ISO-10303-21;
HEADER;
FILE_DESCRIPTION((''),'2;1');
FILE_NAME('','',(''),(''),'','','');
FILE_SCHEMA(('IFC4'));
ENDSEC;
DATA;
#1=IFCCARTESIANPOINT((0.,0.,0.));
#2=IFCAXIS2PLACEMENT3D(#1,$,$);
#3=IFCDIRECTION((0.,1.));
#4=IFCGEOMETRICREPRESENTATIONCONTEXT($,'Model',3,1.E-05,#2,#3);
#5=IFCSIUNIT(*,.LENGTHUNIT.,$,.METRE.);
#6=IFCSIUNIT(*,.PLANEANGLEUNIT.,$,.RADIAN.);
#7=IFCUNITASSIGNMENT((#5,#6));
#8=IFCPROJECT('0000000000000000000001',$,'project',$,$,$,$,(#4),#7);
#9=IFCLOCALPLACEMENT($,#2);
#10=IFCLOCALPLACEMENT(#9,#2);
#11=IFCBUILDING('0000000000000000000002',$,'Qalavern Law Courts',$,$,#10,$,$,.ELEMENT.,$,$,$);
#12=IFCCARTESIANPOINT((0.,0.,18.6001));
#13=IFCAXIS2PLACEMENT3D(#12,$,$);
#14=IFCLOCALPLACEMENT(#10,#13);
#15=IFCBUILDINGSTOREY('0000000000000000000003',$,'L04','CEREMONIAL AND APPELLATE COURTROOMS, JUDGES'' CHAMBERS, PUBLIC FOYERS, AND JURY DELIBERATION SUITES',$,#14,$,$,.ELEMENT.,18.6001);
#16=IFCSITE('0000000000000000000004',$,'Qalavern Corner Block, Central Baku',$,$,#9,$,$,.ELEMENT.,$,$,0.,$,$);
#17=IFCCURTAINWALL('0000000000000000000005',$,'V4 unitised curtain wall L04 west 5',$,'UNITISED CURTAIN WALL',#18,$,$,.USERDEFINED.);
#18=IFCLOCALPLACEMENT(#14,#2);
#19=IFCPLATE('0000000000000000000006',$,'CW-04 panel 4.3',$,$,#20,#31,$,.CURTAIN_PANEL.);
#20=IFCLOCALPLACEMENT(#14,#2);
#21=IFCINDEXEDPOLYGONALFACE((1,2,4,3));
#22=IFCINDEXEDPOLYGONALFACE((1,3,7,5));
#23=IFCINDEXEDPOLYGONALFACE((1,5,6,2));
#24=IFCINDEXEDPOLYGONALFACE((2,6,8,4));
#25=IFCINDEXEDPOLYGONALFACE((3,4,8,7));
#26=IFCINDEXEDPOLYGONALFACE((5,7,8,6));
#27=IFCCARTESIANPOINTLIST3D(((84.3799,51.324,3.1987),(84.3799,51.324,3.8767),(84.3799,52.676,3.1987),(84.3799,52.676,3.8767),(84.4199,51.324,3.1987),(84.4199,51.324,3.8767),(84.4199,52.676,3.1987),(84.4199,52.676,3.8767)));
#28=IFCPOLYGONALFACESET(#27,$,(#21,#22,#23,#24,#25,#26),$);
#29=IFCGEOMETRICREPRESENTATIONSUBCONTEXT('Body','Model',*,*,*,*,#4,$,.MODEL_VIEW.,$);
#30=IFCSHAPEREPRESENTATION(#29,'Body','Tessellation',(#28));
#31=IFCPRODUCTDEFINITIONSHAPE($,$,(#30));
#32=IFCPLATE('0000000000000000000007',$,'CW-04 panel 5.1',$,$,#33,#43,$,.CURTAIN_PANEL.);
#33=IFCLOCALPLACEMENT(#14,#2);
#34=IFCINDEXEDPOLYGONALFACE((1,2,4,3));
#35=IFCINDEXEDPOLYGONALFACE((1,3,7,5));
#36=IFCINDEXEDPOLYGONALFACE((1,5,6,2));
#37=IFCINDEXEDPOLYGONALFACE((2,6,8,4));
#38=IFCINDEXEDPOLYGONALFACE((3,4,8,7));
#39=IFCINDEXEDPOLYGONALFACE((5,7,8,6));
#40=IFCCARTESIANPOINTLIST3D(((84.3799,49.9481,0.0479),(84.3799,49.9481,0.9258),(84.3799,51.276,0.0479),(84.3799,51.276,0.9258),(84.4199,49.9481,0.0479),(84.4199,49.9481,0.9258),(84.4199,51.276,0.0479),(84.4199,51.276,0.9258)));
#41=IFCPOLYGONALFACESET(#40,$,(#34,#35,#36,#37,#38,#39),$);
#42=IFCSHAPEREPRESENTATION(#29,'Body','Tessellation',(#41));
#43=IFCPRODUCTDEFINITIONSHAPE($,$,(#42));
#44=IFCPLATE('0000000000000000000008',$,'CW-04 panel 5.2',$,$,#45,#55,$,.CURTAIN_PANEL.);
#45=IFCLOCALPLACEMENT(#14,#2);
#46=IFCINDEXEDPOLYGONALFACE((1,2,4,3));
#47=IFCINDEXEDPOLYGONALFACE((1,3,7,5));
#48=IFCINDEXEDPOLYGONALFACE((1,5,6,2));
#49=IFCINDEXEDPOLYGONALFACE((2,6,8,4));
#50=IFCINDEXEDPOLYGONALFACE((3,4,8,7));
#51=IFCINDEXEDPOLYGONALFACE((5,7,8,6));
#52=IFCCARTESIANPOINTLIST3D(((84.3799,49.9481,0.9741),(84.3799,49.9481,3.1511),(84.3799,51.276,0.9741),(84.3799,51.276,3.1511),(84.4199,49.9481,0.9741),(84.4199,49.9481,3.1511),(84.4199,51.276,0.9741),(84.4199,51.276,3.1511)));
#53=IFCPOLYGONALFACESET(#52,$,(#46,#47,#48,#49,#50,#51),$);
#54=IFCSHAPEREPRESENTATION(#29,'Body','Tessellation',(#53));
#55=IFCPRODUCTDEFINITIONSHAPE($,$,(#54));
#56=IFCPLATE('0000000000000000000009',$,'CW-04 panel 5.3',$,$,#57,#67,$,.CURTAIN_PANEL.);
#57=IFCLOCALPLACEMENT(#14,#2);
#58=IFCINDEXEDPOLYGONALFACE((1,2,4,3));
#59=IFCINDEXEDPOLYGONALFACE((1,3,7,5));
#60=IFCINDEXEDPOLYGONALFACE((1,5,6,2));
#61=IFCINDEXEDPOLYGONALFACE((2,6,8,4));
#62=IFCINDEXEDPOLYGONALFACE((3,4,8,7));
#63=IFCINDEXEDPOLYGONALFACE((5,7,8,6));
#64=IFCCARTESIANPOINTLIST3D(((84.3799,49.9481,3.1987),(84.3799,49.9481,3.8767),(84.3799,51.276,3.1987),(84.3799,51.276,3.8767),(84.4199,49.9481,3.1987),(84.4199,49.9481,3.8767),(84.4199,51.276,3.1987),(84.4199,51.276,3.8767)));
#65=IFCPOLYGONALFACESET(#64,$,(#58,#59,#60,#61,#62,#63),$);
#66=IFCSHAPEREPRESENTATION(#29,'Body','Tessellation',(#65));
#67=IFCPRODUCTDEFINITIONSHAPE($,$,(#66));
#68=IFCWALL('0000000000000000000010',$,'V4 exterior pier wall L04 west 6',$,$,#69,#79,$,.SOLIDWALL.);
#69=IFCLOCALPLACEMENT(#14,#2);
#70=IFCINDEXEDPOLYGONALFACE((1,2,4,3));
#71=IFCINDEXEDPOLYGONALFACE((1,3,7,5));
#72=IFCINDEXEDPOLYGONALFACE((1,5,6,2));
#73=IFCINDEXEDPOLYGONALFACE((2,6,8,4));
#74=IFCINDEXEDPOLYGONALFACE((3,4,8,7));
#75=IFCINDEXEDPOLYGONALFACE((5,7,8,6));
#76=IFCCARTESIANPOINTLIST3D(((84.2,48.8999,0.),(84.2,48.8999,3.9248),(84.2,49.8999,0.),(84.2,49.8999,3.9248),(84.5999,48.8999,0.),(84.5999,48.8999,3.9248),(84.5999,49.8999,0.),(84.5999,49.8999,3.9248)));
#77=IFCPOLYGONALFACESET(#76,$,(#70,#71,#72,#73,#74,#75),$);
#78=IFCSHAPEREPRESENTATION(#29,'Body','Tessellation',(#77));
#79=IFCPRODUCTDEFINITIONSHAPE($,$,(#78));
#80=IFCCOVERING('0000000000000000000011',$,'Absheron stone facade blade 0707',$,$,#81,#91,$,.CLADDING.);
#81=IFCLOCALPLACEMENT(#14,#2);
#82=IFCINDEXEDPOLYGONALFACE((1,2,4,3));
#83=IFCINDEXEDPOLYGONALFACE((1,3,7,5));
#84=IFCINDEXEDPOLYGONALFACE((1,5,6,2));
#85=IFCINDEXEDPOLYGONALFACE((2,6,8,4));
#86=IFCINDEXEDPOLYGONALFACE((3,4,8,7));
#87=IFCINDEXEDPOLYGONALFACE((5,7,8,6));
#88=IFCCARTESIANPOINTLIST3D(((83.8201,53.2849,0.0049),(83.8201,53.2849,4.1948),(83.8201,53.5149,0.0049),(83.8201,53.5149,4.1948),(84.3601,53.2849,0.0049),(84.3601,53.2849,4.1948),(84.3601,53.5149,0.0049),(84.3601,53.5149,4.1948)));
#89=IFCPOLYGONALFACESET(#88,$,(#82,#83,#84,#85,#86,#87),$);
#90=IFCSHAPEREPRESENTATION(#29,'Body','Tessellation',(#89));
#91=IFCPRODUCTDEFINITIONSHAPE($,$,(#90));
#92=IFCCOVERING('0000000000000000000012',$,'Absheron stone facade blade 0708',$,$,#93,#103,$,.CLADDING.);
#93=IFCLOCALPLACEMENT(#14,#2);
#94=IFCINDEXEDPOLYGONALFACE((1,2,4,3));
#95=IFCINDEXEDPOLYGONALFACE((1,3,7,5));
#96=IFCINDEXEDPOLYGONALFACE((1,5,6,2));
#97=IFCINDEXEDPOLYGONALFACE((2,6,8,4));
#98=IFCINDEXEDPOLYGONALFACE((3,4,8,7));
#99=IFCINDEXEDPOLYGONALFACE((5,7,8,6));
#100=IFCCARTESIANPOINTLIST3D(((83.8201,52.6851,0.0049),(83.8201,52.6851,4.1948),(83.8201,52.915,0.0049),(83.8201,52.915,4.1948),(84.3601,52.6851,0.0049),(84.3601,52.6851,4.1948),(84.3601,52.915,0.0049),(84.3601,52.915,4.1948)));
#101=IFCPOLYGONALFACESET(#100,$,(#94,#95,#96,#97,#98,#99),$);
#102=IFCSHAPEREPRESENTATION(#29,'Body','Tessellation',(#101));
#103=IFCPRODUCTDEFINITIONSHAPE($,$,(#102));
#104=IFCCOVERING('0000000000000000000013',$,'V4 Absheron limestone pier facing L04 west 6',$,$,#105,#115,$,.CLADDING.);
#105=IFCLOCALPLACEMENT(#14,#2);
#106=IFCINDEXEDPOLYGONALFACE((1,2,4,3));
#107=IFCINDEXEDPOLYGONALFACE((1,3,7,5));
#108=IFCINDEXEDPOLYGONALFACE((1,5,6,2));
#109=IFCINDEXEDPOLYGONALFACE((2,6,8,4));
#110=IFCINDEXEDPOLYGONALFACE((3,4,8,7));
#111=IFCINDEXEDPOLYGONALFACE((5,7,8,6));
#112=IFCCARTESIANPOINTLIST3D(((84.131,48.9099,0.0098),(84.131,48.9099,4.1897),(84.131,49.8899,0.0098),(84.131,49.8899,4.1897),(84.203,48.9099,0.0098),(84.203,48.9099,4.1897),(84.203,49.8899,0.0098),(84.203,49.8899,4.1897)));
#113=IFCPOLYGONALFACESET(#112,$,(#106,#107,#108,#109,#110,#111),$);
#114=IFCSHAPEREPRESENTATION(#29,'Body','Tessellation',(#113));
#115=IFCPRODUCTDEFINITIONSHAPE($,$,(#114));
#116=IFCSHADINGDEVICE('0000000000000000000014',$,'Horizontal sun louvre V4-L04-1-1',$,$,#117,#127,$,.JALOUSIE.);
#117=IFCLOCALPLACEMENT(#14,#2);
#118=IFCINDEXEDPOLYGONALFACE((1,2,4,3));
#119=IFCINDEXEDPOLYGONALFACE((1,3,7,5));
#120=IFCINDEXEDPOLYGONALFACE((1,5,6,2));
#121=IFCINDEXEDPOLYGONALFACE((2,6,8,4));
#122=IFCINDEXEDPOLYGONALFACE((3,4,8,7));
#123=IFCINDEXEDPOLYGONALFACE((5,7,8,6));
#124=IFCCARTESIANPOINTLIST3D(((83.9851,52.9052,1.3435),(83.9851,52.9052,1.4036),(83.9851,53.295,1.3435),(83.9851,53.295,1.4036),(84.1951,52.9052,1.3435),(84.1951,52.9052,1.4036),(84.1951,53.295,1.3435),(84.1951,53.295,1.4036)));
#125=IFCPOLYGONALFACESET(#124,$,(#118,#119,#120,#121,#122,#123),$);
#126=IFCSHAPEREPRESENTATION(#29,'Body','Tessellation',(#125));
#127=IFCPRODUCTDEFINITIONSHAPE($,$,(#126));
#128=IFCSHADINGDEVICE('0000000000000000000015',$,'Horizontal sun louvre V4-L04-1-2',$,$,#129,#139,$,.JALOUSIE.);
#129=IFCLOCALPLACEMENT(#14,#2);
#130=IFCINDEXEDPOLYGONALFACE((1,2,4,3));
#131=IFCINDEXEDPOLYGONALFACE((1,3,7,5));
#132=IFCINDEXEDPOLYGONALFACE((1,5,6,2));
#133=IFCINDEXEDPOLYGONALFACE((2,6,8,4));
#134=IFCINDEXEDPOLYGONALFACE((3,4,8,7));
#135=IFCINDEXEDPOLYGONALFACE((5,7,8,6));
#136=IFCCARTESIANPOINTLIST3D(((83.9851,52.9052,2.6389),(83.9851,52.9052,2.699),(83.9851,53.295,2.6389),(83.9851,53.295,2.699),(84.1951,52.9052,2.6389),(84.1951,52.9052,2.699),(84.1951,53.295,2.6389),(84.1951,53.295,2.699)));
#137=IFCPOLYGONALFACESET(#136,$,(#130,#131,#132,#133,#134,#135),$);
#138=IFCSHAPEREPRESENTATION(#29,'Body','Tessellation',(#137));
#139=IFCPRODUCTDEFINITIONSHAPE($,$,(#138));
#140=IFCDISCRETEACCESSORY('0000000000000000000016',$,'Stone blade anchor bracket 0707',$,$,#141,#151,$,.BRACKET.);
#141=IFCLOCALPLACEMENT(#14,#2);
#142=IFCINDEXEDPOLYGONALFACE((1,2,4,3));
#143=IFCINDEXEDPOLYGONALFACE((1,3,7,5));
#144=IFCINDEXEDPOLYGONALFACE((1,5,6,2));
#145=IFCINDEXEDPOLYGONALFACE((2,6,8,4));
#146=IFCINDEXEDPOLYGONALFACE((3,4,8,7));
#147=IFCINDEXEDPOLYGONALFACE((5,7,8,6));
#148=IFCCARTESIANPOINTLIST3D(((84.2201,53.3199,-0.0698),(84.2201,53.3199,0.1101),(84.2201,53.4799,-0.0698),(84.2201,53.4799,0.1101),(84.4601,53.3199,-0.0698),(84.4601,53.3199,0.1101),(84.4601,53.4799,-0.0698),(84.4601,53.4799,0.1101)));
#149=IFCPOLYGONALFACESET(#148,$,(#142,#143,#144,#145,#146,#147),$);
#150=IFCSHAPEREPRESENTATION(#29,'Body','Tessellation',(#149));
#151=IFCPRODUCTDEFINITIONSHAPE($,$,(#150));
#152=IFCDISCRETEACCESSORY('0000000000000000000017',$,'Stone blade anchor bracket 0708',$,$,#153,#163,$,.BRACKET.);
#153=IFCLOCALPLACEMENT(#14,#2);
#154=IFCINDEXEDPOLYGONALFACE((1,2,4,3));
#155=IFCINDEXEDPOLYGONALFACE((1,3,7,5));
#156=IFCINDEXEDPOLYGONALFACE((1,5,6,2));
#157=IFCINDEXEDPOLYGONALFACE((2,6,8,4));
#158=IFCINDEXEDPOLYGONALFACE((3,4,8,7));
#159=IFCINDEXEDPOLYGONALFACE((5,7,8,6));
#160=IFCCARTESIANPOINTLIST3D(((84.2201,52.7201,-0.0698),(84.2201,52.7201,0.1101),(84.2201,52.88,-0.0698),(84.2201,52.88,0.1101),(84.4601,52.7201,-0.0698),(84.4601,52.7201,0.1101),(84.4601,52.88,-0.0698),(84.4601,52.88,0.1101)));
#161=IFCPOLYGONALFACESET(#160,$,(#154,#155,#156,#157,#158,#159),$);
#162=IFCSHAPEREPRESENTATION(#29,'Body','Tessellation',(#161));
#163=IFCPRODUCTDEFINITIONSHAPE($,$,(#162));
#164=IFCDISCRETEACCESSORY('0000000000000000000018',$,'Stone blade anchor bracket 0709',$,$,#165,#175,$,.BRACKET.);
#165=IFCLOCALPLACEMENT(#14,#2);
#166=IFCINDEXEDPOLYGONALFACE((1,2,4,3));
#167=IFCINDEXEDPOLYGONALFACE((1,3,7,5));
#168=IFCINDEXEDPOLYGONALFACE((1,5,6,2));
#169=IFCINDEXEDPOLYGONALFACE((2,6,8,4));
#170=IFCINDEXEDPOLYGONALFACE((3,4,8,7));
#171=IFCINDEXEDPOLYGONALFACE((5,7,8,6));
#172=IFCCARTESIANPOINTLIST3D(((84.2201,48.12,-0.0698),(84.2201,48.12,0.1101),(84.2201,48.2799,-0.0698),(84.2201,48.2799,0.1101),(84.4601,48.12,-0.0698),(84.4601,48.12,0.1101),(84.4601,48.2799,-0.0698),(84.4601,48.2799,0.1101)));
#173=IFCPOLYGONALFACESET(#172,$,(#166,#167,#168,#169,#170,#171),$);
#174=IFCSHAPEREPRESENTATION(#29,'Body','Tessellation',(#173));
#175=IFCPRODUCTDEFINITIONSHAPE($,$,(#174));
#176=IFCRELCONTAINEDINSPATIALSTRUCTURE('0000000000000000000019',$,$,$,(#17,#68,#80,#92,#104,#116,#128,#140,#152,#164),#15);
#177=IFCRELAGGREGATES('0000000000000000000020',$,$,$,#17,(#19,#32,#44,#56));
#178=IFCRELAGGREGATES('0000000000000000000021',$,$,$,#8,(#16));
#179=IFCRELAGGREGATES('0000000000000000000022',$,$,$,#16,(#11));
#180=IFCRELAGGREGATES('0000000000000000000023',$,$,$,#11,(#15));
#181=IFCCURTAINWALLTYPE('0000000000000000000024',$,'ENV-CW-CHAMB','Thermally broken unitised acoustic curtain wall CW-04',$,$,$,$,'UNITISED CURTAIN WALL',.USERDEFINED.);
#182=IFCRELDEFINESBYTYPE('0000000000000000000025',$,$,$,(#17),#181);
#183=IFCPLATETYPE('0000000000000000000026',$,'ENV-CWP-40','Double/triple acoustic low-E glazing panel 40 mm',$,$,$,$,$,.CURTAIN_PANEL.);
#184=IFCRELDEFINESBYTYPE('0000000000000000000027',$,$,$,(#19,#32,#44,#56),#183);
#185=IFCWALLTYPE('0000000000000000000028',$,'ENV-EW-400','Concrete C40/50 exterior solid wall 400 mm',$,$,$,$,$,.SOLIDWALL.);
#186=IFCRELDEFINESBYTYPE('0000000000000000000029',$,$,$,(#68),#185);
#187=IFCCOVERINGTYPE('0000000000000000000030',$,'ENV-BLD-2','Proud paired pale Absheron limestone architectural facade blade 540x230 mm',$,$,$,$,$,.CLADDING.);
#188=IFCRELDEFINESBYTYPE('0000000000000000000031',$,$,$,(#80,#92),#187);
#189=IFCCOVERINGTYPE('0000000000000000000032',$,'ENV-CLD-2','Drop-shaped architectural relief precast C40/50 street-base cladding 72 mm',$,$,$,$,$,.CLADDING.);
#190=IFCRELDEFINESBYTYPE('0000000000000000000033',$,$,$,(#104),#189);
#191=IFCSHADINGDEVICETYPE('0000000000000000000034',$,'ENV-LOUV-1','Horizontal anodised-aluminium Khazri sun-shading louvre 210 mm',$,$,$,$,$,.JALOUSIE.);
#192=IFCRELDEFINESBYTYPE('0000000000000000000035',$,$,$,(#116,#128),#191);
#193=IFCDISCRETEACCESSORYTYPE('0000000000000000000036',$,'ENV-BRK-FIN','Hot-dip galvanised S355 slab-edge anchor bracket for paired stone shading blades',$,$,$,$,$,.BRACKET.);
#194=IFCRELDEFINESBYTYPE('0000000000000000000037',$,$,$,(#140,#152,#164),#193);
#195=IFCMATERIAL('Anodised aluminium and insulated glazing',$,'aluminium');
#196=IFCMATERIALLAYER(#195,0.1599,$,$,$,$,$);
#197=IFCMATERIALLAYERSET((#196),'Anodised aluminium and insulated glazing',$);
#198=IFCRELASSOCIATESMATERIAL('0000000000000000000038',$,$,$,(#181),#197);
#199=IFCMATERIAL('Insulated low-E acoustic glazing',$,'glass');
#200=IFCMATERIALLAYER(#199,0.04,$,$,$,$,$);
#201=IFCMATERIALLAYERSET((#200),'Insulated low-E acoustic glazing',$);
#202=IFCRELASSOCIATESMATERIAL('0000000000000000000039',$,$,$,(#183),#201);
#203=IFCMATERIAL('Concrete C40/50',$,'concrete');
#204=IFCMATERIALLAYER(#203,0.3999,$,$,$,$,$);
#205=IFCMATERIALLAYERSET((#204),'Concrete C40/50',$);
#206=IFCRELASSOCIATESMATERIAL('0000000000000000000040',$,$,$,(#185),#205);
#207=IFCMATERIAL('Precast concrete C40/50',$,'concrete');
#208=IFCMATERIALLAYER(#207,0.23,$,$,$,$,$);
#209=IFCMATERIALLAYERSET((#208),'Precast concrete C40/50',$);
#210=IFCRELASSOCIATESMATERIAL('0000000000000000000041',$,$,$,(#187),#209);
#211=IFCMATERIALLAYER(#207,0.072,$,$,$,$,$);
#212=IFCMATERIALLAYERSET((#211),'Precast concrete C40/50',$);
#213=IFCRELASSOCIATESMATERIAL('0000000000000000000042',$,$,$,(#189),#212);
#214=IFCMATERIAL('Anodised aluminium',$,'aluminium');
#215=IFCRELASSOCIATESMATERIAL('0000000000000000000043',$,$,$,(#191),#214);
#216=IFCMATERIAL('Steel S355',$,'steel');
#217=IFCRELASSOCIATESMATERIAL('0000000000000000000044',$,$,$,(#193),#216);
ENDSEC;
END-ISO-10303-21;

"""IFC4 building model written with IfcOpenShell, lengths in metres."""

from ifc_helpers import new_model, si_unit, direction, frame, frame_2d, origin, origin_2d, place, context, subcontext, project, spatial, rectangle, extrude, material, layer, layer_set, type_object, element, aggregate, save


model = new_model("IFC4")

# Units and contexts
model_context = context("Model", 3, precision=1e-05, world=origin(), true_north=direction((0.0, 1.0)))
body_context = subcontext(model_context, "Body", "Model", "MODEL_VIEW")
ifc_project = project(units=[si_unit("LENGTHUNIT", "METRE"), si_unit("PLANEANGLEUNIT", "RADIAN")], contexts=[model_context])

# Site, building, storey
site_placement = place(None, origin())
site = spatial("IfcSite", under=ifc_project, at=site_placement, Name="Qalavern Corner Block, Central Baku", CompositionType="ELEMENT", RefElevation=0.0)
building_placement = place(site_placement, origin())
building = spatial("IfcBuilding", under=site, at=building_placement, Name="Qalavern Law Courts", CompositionType="ELEMENT")
storey_placement = place(building_placement, frame((0.0, 0.0, 18.6001)))
storey = spatial("IfcBuildingStorey", under=building, at=storey_placement, Name="L04", Description="CEREMONIAL AND APPELLATE COURTROOMS, JUDGES' CHAMBERS, PUBLIC FOYERS, AND JURY DELIBERATION SUITES", CompositionType="ELEMENT", Elevation=18.6001)

# Curtain wall
ifc_material_1 = material(Name="Anodised aluminium and insulated glazing", Category="aluminium")
ifc_layer_1 = layer(ifc_material_1, 0.1599)
ifc_layer_set_1 = layer_set([ifc_layer_1], Name="Anodised aluminium and insulated glazing")
curtain_wall_type = type_object("IfcCurtainWallType", Name="ENV-CW-CHAMB", Description="Thermally broken unitised acoustic curtain wall CW-04", ElementType="UNITISED CURTAIN WALL", PredefinedType="USERDEFINED", material=ifc_layer_set_1)
curtain_wall_1_placement = place(storey_placement, origin())
curtain_wall_1 = element("IfcCurtainWall", 1, at=curtain_wall_1_placement, inside=storey, type_object=curtain_wall_type, Name="V4 unitised curtain wall L04 west 5", ObjectType="UNITISED CURTAIN WALL", PredefinedType="USERDEFINED")
ifc_material_2 = material(Name="Anodised aluminium", Category="aluminium")

# Plates
ifc_material_3 = material(Name="Insulated low-E acoustic glazing", Category="glass")
ifc_layer_2 = layer(ifc_material_3, 0.04)
ifc_layer_set_2 = layer_set([ifc_layer_2], Name="Insulated low-E acoustic glazing")
plate_type = type_object("IfcPlateType", Name="ENV-CWP-40", Description="Double/triple acoustic low-E glazing panel 40 mm", PredefinedType="CURTAIN_PANEL", material=ifc_layer_set_2)
plate_1_placement = place(storey_placement, frame((84.3999, 52.0, 3.1987), z_axis=(0.0, 0.0, 1.0), x_axis=(0.0, -1.0, 0.0)))
plate_1 = element("IfcPlate", 2, at=plate_1_placement, type_object=plate_type, Name="CW-04 panel 4.3", PredefinedType="CURTAIN_PANEL", context=body_context, shape_type="SweptSolid", body=[
    extrude(rectangle(XDim=1.3521, YDim=0.04, at=origin_2d()), origin(), (0.0, 0.0, 1.0), 0.678),
])
plate_2_placement = place(storey_placement, frame((84.3999, 50.6121, 0.0479), z_axis=(0.0, 0.0, 1.0), x_axis=(0.0, -1.0, 0.0)))
plate_2 = element("IfcPlate", 3, at=plate_2_placement, type_object=plate_type, Name="CW-04 panel 5.1", PredefinedType="CURTAIN_PANEL", context=body_context, shape_type="SweptSolid", body=[
    extrude(rectangle(XDim=1.3279, YDim=0.04, at=origin_2d()), origin(), (0.0, 0.0, 1.0), 0.8779),
])
plate_3_placement = place(storey_placement, frame((84.3999, 50.6121, 0.9741), z_axis=(0.0, 0.0, 1.0), x_axis=(0.0, -1.0, 0.0)))
plate_3 = element("IfcPlate", 4, at=plate_3_placement, type_object=plate_type, Name="CW-04 panel 5.2", PredefinedType="CURTAIN_PANEL", context=body_context, shape_type="SweptSolid", body=[
    extrude(rectangle(XDim=1.3279, YDim=0.04, at=origin_2d()), origin(), (0.0, 0.0, 1.0), 2.177),
])
plate_4_placement = place(storey_placement, frame((84.3999, 50.6121, 3.1987), z_axis=(0.0, 0.0, 1.0), x_axis=(0.0, -1.0, 0.0)))
plate_4 = element("IfcPlate", 5, at=plate_4_placement, type_object=plate_type, Name="CW-04 panel 5.3", PredefinedType="CURTAIN_PANEL", context=body_context, shape_type="SweptSolid", body=[
    extrude(rectangle(XDim=1.3279, YDim=0.04, at=origin_2d()), origin(), (0.0, 0.0, 1.0), 0.678),
])
aggregate(curtain_wall_1, [plate_1, plate_2, plate_3, plate_4])

# Wall
ifc_material_4 = material(Name="Concrete C40/50", Category="concrete")
ifc_layer_3 = layer(ifc_material_4, 0.3999)
ifc_layer_set_3 = layer_set([ifc_layer_3], Name="Concrete C40/50")
wall_type = type_object("IfcWallType", Name="ENV-EW-400", Description="Concrete C40/50 exterior solid wall 400 mm", PredefinedType="SOLIDWALL", material=ifc_layer_set_3)
wall_placement = place(storey_placement, frame((84.3999, 49.8999, 0.0), z_axis=(0.0, 0.0, 1.0), x_axis=(0.0, -1.0, 0.0)))
element("IfcWall", 6, at=wall_placement, inside=storey, type_object=wall_type, Name="V4 exterior pier wall L04 west 6", PredefinedType="SOLIDWALL", context=body_context, shape_type="SweptSolid", body=[
    extrude(rectangle(XDim=1.0, YDim=0.3999, at=frame_2d((0.5, 0.0))), origin(), (0.0, 0.0, 1.0), 3.9248),
])

# Coverings
ifc_material_5 = material(Name="Precast concrete C40/50", Category="concrete")
ifc_layer_4 = layer(ifc_material_5, 0.23)
ifc_layer_set_4 = layer_set([ifc_layer_4], Name="Precast concrete C40/50")
covering_type_1 = type_object("IfcCoveringType", Name="ENV-BLD-2", Description="Proud paired pale Absheron limestone architectural facade blade 540x230 mm", PredefinedType="CLADDING", material=ifc_layer_set_4)
for number, where, z_axis, x_axis, name in (
    (7, (84.0901, 53.3999, 0.0049), (0.0, 0.0, 1.0), (-1.0, 0.0, 0.0), "Absheron stone facade blade 0707"),
    (8, (84.0901, 52.8, 0.0049), (0.0, 0.0, 1.0), (-1.0, 0.0, 0.0), "Absheron stone facade blade 0708"),
):
    element("IfcCovering", number, at=place(storey_placement, frame(where, z_axis=z_axis, x_axis=x_axis)), inside=storey, type_object=covering_type_1, Name=name, PredefinedType="CLADDING", context=body_context, shape_type="SweptSolid", body=[
        extrude(rectangle(XDim=0.54, YDim=0.23, at=origin_2d()), origin(), (0.0, 0.0, 1.0), 4.1899),
    ])
ifc_layer_5 = layer(ifc_material_5, 0.072)
ifc_layer_set_5 = layer_set([ifc_layer_5], Name="Precast concrete C40/50")
covering_type_2 = type_object("IfcCoveringType", Name="ENV-CLD-2", Description="Drop-shaped architectural relief precast C40/50 street-base cladding 72 mm", PredefinedType="CLADDING", material=ifc_layer_set_5)
covering_placement = place(storey_placement, frame((84.167, 49.3999, 0.0098), z_axis=(0.0, 0.0, 1.0), x_axis=(0.0, -1.0, 0.0)))
element("IfcCovering", 9, at=covering_placement, inside=storey, type_object=covering_type_2, Name="V4 Absheron limestone pier facing L04 west 6", PredefinedType="CLADDING", context=body_context, shape_type="SweptSolid", body=[
    extrude(rectangle(XDim=0.98, YDim=0.072, at=origin_2d()), origin(), (0.0, 0.0, 1.0), 4.1799),
])

# Shading devices
shading_device_type = type_object("IfcShadingDeviceType", Name="ENV-LOUV-1", Description="Horizontal anodised-aluminium Khazri sun-shading louvre 210 mm", PredefinedType="JALOUSIE", material=ifc_material_2)
for number, where, z_axis, x_axis, name in (
    (10, (84.0901, 53.1001, 1.3435), (0.0, 0.0, 1.0), (0.0, -1.0, 0.0), "Horizontal sun louvre V4-L04-1-1"),
    (11, (84.0901, 53.1001, 2.6389), (0.0, 0.0, 1.0), (0.0, -1.0, 0.0), "Horizontal sun louvre V4-L04-1-2"),
):
    element("IfcShadingDevice", number, at=place(storey_placement, frame(where, z_axis=z_axis, x_axis=x_axis)), inside=storey, type_object=shading_device_type, Name=name, PredefinedType="JALOUSIE", context=body_context, shape_type="SweptSolid", body=[
        extrude(rectangle(XDim=0.3899, YDim=0.21, at=origin_2d()), origin(), (0.0, 0.0, 1.0), 0.0601),
    ])

# Discrete accessories
ifc_material_6 = material(Name="Steel S355", Category="steel")
discrete_accessory_type = type_object("IfcDiscreteAccessoryType", Name="ENV-BRK-FIN", Description="Hot-dip galvanised S355 slab-edge anchor bracket for paired stone shading blades", PredefinedType="BRACKET", material=ifc_material_6)
for number, where, z_axis, x_axis, name in (
    (12, (84.3401, 53.3999, -0.0698), (0.0, 0.0, 1.0), (-1.0, 0.0, 0.0), "Stone blade anchor bracket 0707"),
    (13, (84.3401, 52.8, -0.0698), (0.0, 0.0, 1.0), (-1.0, 0.0, 0.0), "Stone blade anchor bracket 0708"),
    (14, (84.3401, 48.2, -0.0698), (0.0, 0.0, 1.0), (-1.0, 0.0, 0.0), "Stone blade anchor bracket 0709"),
):
    element("IfcDiscreteAccessory", number, at=place(storey_placement, frame(where, z_axis=z_axis, x_axis=x_axis)), inside=storey, type_object=discrete_accessory_type, Name=name, PredefinedType="BRACKET", context=body_context, shape_type="SweptSolid", body=[
        extrude(rectangle(XDim=0.24, YDim=0.1599, at=origin_2d()), origin(), (0.0, 0.0, 1.0), 0.1799),
    ])

save(model, "model.ifc")
